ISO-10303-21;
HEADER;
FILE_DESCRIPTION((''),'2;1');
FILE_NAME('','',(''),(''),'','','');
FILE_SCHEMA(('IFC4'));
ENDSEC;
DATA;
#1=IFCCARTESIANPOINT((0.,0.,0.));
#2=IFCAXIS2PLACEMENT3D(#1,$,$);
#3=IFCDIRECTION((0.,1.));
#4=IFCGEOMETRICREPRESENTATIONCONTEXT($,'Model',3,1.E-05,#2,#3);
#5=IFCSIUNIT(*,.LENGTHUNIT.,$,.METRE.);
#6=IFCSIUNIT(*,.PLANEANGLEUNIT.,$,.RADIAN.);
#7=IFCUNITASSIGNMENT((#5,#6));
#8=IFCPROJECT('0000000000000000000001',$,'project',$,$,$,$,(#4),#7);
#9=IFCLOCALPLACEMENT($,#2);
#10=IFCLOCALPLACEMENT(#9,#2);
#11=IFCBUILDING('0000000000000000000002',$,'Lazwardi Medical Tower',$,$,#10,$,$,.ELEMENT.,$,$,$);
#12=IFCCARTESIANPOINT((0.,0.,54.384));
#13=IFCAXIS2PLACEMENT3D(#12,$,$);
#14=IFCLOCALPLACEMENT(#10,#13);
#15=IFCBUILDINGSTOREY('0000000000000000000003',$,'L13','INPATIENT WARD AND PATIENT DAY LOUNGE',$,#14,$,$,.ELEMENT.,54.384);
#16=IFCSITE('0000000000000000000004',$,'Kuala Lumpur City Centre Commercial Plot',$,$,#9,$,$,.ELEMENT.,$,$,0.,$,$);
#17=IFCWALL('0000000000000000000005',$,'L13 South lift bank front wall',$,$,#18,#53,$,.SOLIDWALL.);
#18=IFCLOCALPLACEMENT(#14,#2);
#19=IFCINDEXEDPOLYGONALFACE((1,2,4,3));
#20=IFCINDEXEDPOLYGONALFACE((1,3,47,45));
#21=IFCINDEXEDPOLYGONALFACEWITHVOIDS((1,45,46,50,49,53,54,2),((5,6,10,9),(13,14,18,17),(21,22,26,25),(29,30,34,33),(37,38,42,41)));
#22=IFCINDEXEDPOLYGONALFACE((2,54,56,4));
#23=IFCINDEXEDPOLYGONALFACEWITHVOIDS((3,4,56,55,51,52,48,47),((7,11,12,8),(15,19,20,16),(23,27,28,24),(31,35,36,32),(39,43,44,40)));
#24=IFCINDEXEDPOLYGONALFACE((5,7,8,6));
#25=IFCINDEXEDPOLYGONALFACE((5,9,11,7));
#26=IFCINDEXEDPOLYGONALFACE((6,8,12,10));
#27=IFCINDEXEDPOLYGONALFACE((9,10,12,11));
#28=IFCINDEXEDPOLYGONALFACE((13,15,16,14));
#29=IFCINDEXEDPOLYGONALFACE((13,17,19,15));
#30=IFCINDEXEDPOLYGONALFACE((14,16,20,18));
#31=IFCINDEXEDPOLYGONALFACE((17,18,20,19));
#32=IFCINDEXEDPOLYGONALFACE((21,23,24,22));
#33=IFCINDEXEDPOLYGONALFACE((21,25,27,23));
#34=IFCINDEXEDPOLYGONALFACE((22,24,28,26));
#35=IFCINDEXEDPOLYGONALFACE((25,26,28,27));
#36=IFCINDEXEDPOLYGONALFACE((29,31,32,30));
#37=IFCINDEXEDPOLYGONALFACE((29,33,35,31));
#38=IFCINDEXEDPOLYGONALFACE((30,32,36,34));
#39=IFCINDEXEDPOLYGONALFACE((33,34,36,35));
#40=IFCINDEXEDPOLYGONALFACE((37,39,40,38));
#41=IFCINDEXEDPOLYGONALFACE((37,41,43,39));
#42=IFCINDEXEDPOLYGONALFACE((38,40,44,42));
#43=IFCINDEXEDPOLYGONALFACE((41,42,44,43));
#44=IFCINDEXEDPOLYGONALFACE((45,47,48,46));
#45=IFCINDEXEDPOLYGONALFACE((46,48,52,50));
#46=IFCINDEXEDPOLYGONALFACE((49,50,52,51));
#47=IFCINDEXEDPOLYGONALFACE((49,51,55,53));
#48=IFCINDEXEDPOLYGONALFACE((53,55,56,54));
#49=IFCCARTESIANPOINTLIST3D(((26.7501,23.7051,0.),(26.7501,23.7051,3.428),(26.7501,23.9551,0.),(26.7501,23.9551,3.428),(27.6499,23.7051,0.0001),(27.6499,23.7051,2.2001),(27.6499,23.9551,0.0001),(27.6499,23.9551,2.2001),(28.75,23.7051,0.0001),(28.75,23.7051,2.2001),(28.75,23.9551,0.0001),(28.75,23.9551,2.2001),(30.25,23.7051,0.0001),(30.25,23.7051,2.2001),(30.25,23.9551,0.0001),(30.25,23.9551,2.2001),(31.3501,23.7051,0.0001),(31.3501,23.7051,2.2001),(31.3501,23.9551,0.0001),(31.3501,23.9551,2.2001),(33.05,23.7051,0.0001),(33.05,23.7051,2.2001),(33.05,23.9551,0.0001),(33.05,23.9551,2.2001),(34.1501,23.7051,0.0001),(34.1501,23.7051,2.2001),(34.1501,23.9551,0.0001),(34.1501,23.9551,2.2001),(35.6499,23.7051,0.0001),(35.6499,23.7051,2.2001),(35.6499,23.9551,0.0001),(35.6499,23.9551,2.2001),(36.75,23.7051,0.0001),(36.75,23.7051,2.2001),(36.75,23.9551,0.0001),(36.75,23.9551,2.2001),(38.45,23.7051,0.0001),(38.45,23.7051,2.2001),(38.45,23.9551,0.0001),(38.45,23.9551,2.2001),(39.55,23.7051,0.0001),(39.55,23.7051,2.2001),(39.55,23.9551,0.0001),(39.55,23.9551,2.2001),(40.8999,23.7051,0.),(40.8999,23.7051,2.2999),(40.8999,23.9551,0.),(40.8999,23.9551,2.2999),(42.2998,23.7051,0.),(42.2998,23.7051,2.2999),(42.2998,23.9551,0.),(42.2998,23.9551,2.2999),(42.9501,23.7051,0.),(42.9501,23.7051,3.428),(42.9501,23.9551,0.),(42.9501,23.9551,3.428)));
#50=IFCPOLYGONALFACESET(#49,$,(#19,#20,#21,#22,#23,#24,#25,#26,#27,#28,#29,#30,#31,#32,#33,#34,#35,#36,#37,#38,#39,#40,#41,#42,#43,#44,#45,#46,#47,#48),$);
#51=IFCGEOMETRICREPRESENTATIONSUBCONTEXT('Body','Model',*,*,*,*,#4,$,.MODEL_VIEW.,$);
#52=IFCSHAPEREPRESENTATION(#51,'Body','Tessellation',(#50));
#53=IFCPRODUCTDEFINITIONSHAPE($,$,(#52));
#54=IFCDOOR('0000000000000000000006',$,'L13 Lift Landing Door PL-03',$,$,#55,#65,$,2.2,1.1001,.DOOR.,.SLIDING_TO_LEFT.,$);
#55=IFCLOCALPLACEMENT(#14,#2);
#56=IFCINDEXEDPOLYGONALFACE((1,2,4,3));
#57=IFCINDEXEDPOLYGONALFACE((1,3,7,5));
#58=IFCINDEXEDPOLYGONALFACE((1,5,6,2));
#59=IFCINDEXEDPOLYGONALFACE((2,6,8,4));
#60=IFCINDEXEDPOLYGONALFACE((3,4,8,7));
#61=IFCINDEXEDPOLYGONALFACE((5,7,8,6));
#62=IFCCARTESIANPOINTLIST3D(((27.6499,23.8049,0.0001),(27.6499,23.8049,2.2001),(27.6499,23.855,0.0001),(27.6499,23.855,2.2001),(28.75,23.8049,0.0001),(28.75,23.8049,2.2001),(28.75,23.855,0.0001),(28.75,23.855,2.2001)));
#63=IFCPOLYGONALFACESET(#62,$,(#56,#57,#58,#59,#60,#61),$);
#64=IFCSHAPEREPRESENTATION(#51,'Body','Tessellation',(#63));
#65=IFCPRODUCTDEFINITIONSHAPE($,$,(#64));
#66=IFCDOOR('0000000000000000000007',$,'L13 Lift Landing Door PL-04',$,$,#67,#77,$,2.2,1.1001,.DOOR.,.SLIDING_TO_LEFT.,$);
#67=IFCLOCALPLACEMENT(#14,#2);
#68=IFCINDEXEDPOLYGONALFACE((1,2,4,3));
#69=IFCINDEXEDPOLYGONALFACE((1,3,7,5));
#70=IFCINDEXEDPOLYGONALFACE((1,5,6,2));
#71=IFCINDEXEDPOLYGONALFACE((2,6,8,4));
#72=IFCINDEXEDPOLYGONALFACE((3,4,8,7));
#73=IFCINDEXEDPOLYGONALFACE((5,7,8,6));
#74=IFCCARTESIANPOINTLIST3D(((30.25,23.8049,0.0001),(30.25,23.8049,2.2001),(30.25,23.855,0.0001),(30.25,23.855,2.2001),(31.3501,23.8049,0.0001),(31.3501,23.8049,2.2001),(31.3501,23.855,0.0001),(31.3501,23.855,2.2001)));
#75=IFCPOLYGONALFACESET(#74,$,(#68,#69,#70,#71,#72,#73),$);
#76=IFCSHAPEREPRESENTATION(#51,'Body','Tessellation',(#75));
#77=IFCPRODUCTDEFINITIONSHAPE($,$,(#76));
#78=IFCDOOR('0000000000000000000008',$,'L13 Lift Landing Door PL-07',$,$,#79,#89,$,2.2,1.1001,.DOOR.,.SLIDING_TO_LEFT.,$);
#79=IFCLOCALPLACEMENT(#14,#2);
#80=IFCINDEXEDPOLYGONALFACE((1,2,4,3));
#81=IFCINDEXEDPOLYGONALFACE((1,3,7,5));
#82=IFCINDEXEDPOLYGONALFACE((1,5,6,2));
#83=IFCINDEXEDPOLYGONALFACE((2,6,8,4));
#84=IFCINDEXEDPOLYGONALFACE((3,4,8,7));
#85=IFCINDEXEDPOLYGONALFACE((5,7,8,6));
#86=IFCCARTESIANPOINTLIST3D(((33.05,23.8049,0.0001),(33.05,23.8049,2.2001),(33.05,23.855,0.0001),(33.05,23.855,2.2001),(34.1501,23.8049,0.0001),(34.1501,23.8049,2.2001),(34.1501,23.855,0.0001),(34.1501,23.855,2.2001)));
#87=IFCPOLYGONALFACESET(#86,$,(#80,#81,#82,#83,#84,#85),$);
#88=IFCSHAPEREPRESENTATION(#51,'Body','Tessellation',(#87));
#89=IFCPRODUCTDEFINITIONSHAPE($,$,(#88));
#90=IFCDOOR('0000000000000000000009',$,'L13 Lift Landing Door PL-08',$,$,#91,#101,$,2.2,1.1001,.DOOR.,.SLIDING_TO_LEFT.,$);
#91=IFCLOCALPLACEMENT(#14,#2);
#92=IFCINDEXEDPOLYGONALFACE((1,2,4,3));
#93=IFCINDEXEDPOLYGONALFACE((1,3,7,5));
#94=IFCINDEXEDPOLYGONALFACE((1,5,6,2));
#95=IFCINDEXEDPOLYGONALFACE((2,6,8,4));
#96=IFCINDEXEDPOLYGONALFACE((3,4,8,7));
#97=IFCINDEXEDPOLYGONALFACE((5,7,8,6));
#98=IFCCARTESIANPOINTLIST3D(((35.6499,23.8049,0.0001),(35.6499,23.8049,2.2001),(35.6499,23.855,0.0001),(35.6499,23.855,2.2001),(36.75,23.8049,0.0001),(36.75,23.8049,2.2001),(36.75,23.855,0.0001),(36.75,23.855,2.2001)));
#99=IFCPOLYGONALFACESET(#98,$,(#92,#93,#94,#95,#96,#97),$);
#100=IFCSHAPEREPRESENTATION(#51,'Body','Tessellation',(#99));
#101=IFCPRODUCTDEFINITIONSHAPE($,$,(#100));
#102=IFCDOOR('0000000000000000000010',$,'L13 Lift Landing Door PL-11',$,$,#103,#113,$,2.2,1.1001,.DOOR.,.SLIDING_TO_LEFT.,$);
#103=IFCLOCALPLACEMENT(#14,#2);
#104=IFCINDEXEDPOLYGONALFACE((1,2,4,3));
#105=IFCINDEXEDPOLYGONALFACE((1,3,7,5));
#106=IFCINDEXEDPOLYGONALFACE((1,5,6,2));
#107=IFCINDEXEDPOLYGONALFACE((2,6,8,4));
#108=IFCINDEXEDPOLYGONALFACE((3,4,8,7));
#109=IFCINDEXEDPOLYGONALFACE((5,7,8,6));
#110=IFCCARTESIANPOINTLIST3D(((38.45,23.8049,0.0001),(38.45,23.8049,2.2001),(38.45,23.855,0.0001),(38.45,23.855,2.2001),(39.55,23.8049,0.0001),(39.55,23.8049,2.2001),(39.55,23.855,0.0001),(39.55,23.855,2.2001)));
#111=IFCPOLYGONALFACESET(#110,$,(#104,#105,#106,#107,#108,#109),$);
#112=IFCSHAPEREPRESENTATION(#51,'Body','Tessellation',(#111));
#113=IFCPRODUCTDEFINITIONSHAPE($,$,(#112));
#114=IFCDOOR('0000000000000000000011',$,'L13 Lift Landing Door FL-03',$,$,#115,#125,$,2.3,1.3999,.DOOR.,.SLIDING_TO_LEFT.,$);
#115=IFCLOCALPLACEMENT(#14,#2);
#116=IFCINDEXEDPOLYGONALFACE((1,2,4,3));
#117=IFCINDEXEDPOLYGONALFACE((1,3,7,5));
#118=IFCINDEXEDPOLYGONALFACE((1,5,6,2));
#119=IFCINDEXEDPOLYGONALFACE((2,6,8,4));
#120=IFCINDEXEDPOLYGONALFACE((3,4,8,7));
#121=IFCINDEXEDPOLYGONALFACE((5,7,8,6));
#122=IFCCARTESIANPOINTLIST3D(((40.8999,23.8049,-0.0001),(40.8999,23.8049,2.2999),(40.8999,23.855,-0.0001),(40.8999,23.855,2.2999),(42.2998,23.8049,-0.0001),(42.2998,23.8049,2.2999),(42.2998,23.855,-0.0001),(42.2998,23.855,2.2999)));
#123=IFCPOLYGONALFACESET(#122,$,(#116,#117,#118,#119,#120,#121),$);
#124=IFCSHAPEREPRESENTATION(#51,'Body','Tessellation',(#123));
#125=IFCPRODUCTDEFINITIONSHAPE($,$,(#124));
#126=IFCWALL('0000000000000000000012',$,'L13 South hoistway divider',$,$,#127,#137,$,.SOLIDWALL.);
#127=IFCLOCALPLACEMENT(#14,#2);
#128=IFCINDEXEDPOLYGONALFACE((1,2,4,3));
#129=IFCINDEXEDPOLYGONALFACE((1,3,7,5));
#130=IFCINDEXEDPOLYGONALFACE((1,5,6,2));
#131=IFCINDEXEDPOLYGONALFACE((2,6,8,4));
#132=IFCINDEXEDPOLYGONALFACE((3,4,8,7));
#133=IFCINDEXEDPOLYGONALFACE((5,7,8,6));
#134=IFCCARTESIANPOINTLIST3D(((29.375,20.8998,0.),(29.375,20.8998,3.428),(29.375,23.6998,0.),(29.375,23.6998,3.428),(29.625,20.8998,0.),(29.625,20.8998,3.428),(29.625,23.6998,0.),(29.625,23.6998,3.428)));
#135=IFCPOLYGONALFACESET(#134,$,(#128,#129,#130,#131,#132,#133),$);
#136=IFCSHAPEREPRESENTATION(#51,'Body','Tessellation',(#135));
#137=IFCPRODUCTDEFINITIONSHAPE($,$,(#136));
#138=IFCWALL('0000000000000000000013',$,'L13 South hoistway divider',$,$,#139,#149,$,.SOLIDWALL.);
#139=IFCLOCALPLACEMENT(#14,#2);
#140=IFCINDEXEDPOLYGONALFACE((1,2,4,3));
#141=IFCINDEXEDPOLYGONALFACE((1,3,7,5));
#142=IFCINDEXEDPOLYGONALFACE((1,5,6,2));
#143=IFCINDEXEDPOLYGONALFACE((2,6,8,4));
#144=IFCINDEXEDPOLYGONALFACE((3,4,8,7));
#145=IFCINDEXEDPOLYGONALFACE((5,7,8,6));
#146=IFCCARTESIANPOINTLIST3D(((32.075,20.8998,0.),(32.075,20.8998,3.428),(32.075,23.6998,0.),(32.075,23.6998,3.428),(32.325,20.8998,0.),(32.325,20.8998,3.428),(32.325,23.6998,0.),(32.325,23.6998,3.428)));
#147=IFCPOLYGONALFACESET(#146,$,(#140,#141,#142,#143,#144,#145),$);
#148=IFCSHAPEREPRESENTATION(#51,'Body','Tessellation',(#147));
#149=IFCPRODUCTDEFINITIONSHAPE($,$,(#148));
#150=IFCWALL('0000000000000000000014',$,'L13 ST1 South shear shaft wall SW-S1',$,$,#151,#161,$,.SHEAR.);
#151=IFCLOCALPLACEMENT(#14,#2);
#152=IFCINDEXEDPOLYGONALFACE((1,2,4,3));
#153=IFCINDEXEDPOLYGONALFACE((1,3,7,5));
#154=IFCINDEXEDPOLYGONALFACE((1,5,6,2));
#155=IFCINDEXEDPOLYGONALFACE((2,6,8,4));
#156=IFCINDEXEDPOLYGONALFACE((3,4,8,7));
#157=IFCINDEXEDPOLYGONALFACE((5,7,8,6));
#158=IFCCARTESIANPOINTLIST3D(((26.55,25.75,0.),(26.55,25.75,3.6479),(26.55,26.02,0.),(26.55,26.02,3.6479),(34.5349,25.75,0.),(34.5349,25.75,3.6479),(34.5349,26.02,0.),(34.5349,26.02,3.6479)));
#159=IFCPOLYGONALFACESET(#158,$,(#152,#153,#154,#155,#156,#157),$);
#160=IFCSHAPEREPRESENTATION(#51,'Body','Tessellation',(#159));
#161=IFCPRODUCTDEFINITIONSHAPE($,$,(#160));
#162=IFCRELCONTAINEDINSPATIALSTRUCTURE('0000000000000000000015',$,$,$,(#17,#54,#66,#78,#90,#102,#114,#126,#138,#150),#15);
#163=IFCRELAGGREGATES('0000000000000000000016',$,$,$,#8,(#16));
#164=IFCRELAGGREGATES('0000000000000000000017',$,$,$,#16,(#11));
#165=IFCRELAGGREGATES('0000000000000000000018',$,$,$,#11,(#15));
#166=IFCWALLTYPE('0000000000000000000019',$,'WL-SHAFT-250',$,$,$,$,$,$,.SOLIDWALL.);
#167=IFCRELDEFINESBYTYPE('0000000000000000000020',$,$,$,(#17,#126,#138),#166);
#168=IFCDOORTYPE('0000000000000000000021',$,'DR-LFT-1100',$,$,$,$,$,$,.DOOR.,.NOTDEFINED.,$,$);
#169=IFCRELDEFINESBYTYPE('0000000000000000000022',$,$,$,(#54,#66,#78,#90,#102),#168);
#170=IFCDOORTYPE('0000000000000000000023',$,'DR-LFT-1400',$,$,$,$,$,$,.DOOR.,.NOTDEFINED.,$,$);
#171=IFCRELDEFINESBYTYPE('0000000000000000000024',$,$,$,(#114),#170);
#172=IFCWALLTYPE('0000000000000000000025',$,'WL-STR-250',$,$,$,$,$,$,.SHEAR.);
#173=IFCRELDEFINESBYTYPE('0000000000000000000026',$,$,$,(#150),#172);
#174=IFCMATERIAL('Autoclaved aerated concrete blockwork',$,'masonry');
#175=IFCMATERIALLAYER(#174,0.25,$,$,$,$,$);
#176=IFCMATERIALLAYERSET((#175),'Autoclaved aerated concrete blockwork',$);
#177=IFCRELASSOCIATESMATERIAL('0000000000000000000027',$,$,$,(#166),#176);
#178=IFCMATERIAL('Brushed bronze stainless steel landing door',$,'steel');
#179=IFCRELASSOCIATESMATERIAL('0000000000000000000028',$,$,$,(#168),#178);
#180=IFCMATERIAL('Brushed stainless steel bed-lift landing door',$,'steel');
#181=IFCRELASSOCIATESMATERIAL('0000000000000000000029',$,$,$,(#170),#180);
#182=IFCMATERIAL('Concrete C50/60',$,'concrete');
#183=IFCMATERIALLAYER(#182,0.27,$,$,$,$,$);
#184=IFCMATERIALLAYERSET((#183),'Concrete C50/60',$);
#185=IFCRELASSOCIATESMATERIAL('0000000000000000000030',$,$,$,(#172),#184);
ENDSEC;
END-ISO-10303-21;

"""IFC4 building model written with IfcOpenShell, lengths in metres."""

from ifc_helpers import new_model, si_unit, direction, frame, frame_2d, origin, place, context, subcontext, project, spatial, rectangle, extrude, material, layer, layer_set, type_object, element, fill, save


model = new_model("IFC4")

# Units and contexts
model_context = context("Model", 3, precision=1e-05, world=origin(), true_north=direction((0.0, 1.0)))
body_context = subcontext(model_context, "Body", "Model", "MODEL_VIEW")
ifc_project = project(units=[si_unit("LENGTHUNIT", "METRE"), si_unit("PLANEANGLEUNIT", "RADIAN")], contexts=[model_context])

# Site, building, storey
site_placement = place(None, origin())
site = spatial("IfcSite", under=ifc_project, at=site_placement, Name="Kuala Lumpur City Centre Commercial Plot", CompositionType="ELEMENT", RefElevation=0.0)
building_placement = place(site_placement, origin())
building = spatial("IfcBuilding", under=site, at=building_placement, Name="Lazwardi Medical Tower", CompositionType="ELEMENT")
storey_placement = place(building_placement, frame((0.0, 0.0, 54.384)))
storey = spatial("IfcBuildingStorey", under=building, at=storey_placement, Name="L13", Description="INPATIENT WARD AND PATIENT DAY LOUNGE", CompositionType="ELEMENT", Elevation=54.384)

# Wall, openings, doors
ifc_material_1 = material(Name="Autoclaved aerated concrete blockwork", Category="masonry")
ifc_layer_1 = layer(ifc_material_1, 0.25)
ifc_layer_set_1 = layer_set([ifc_layer_1], Name="Autoclaved aerated concrete blockwork")
wall_type_1 = type_object("IfcWallType", Name="WL-SHAFT-250", PredefinedType="SOLIDWALL", material=ifc_layer_set_1)
wall_1_placement = place(storey_placement, frame((26.75, 23.8301, 0.0), z_axis=(0.0, 0.0, 1.0), x_axis=(1.0, 0.0, 0.0)))
wall_1 = element("IfcWall", 1, at=wall_1_placement, inside=storey, type_object=wall_type_1, Name="L13 South lift bank front wall", PredefinedType="SOLIDWALL", context=body_context, shape_type="SweptSolid", body=[
    extrude(rectangle(XDim=16.2, YDim=0.25, at=frame_2d((8.1001, 0.0))), origin(), (0.0, 0.0, 1.0), 3.428),
])
opening_1_placement = place(wall_1_placement, frame((0.8999, 0.0, 0.0)))
opening_1 = element("IfcOpeningElement", 2, at=opening_1_placement, cuts=wall_1, PredefinedType="OPENING", context=body_context, shape_type="SweptSolid", body=[
    extrude(rectangle(XDim=1.1001, YDim=2.2, at=frame_2d((0.55, 1.1001))), frame((0.0, 0.135, 0.0), z_axis=(0.0, -1.0, 0.0), x_axis=(1.0, 0.0, 0.0)), (0.0, 0.0, 1.0), 0.27),
])
opening_2_placement = place(wall_1_placement, frame((3.5, 0.0, 0.0)))
opening_2 = element("IfcOpeningElement", 3, at=opening_2_placement, cuts=wall_1, PredefinedType="OPENING", context=body_context, shape_type="SweptSolid", body=[
    extrude(rectangle(XDim=1.1001, YDim=2.2, at=frame_2d((0.55, 1.1001))), frame((0.0, 0.135, 0.0), z_axis=(0.0, -1.0, 0.0), x_axis=(1.0, 0.0, 0.0)), (0.0, 0.0, 1.0), 0.27),
])
opening_3_placement = place(wall_1_placement, frame((6.3, 0.0, 0.0)))
opening_3 = element("IfcOpeningElement", 4, at=opening_3_placement, cuts=wall_1, PredefinedType="OPENING", context=body_context, shape_type="SweptSolid", body=[
    extrude(rectangle(XDim=1.1001, YDim=2.2, at=frame_2d((0.55, 1.1001))), frame((0.0, 0.135, 0.0), z_axis=(0.0, -1.0, 0.0), x_axis=(1.0, 0.0, 0.0)), (0.0, 0.0, 1.0), 0.27),
])
opening_4_placement = place(wall_1_placement, frame((8.8999, 0.0, 0.0)))
opening_4 = element("IfcOpeningElement", 5, at=opening_4_placement, cuts=wall_1, PredefinedType="OPENING", context=body_context, shape_type="SweptSolid", body=[
    extrude(rectangle(XDim=1.1001, YDim=2.2, at=frame_2d((0.55, 1.1001))), frame((0.0, 0.135, 0.0), z_axis=(0.0, -1.0, 0.0), x_axis=(1.0, 0.0, 0.0)), (0.0, 0.0, 1.0), 0.27),
])
opening_5_placement = place(wall_1_placement, frame((11.7, 0.0, 0.0)))
opening_5 = element("IfcOpeningElement", 6, at=opening_5_placement, cuts=wall_1, PredefinedType="OPENING", context=body_context, shape_type="SweptSolid", body=[
    extrude(rectangle(XDim=1.1001, YDim=2.2, at=frame_2d((0.55, 1.1001))), frame((0.0, 0.135, 0.0), z_axis=(0.0, -1.0, 0.0), x_axis=(1.0, 0.0, 0.0)), (0.0, 0.0, 1.0), 0.27),
])
opening_6_placement = place(wall_1_placement, frame((14.1499, 0.0, 0.0)))
opening_6 = element("IfcOpeningElement", 7, at=opening_6_placement, cuts=wall_1, PredefinedType="OPENING", context=body_context, shape_type="SweptSolid", body=[
    extrude(rectangle(XDim=1.3999, YDim=2.3, at=frame_2d((0.7, 1.1499))), frame((0.0, 0.135, 0.0), z_axis=(0.0, -1.0, 0.0), x_axis=(1.0, 0.0, 0.0)), (0.0, 0.0, 1.0), 0.27),
])
ifc_material_2 = material(Name="Brushed bronze stainless steel landing door", Category="steel")
door_type_1 = type_object("IfcDoorType", Name="DR-LFT-1100", OperationType="NOTDEFINED", PredefinedType="DOOR", material=ifc_material_2)
door_1_placement = place(opening_1_placement, origin())
door_1 = element("IfcDoor", 8, at=door_1_placement, inside=storey, type_object=door_type_1, Name="L13 Lift Landing Door PL-03", OperationType="SLIDING_TO_LEFT", OverallHeight=2.2, OverallWidth=1.1001, PredefinedType="DOOR", context=body_context, shape_type="SweptSolid", body=[
    extrude(rectangle(XDim=1.1001, YDim=2.2, at=frame_2d((0.55, 1.1001))), frame((0.0, 0.0249, 0.0), z_axis=(0.0, -1.0, 0.0), x_axis=(1.0, 0.0, 0.0)), (0.0, 0.0, 1.0), 0.05),
])
fill(opening_1, door_1)
door_2_placement = place(opening_2_placement, origin())
door_2 = element("IfcDoor", 9, at=door_2_placement, inside=storey, type_object=door_type_1, Name="L13 Lift Landing Door PL-04", OperationType="SLIDING_TO_LEFT", OverallHeight=2.2, OverallWidth=1.1001, PredefinedType="DOOR", context=body_context, shape_type="SweptSolid", body=[
    extrude(rectangle(XDim=1.1001, YDim=2.2, at=frame_2d((0.55, 1.1001))), frame((0.0, 0.0249, 0.0), z_axis=(0.0, -1.0, 0.0), x_axis=(1.0, 0.0, 0.0)), (0.0, 0.0, 1.0), 0.05),
])
fill(opening_2, door_2)
door_3_placement = place(opening_3_placement, origin())
door_3 = element("IfcDoor", 10, at=door_3_placement, inside=storey, type_object=door_type_1, Name="L13 Lift Landing Door PL-07", OperationType="SLIDING_TO_LEFT", OverallHeight=2.2, OverallWidth=1.1001, PredefinedType="DOOR", context=body_context, shape_type="SweptSolid", body=[
    extrude(rectangle(XDim=1.1001, YDim=2.2, at=frame_2d((0.55, 1.1001))), frame((0.0, 0.0249, 0.0), z_axis=(0.0, -1.0, 0.0), x_axis=(1.0, 0.0, 0.0)), (0.0, 0.0, 1.0), 0.05),
])
fill(opening_3, door_3)
door_4_placement = place(opening_4_placement, origin())
door_4 = element("IfcDoor", 11, at=door_4_placement, inside=storey, type_object=door_type_1, Name="L13 Lift Landing Door PL-08", OperationType="SLIDING_TO_LEFT", OverallHeight=2.2, OverallWidth=1.1001, PredefinedType="DOOR", context=body_context, shape_type="SweptSolid", body=[
    extrude(rectangle(XDim=1.1001, YDim=2.2, at=frame_2d((0.55, 1.1001))), frame((0.0, 0.0249, 0.0), z_axis=(0.0, -1.0, 0.0), x_axis=(1.0, 0.0, 0.0)), (0.0, 0.0, 1.0), 0.05),
])
fill(opening_4, door_4)
door_5_placement = place(opening_5_placement, origin())
door_5 = element("IfcDoor", 12, at=door_5_placement, inside=storey, type_object=door_type_1, Name="L13 Lift Landing Door PL-11", OperationType="SLIDING_TO_LEFT", OverallHeight=2.2, OverallWidth=1.1001, PredefinedType="DOOR", context=body_context, shape_type="SweptSolid", body=[
    extrude(rectangle(XDim=1.1001, YDim=2.2, at=frame_2d((0.55, 1.1001))), frame((0.0, 0.0249, 0.0), z_axis=(0.0, -1.0, 0.0), x_axis=(1.0, 0.0, 0.0)), (0.0, 0.0, 1.0), 0.05),
])
fill(opening_5, door_5)
ifc_material_3 = material(Name="Brushed stainless steel bed-lift landing door", Category="steel")
door_type_2 = type_object("IfcDoorType", Name="DR-LFT-1400", OperationType="NOTDEFINED", PredefinedType="DOOR", material=ifc_material_3)
door_6_placement = place(opening_6_placement, origin())
door_6 = element("IfcDoor", 13, at=door_6_placement, inside=storey, type_object=door_type_2, Name="L13 Lift Landing Door FL-03", OperationType="SLIDING_TO_LEFT", OverallHeight=2.3, OverallWidth=1.3999, PredefinedType="DOOR", context=body_context, shape_type="SweptSolid", body=[
    extrude(rectangle(XDim=1.3999, YDim=2.3, at=frame_2d((0.7, 1.1499))), frame((0.0, 0.0249, 0.0), z_axis=(0.0, -1.0, 0.0), x_axis=(1.0, 0.0, 0.0)), (0.0, 0.0, 1.0), 0.05),
])
fill(opening_6, door_6)

# Walls
for number, where, z_axis, x_axis, name in (
    (14, (29.5, 20.8999, 0.0), (0.0, 0.0, 1.0), (0.0, 1.0, 0.0), "L13 South hoistway divider"),
    (15, (32.2, 20.8999, 0.0), (0.0, 0.0, 1.0), (0.0, 1.0, 0.0), "L13 South hoistway divider"),
):
    element("IfcWall", number, at=place(storey_placement, frame(where, z_axis=z_axis, x_axis=x_axis)), inside=storey, type_object=wall_type_1, Name=name, PredefinedType="SOLIDWALL", context=body_context, shape_type="SweptSolid", body=[
        extrude(rectangle(XDim=2.8, YDim=0.25, at=frame_2d((1.3999, 0.0))), origin(), (0.0, 0.0, 1.0), 3.428),
    ])
ifc_material_4 = material(Name="Concrete C50/60", Category="concrete")
ifc_layer_2 = layer(ifc_material_4, 0.27)
ifc_layer_set_2 = layer_set([ifc_layer_2], Name="Concrete C50/60")
wall_type_2 = type_object("IfcWallType", Name="WL-STR-250", PredefinedType="SHEAR", material=ifc_layer_set_2)
wall_2_placement = place(storey_placement, frame((26.55, 25.885, 0.0), z_axis=(0.0, 0.0, 1.0), x_axis=(1.0, 0.0, 0.0)))
element("IfcWall", 16, at=wall_2_placement, inside=storey, type_object=wall_type_2, Name="L13 ST1 South shear shaft wall SW-S1", PredefinedType="SHEAR", context=body_context, shape_type="SweptSolid", body=[
    extrude(rectangle(XDim=7.9849, YDim=0.27, at=frame_2d((3.9924, 0.0))), origin(), (0.0, 0.0, 1.0), 3.6479),
])

save(model, "model.ifc")
